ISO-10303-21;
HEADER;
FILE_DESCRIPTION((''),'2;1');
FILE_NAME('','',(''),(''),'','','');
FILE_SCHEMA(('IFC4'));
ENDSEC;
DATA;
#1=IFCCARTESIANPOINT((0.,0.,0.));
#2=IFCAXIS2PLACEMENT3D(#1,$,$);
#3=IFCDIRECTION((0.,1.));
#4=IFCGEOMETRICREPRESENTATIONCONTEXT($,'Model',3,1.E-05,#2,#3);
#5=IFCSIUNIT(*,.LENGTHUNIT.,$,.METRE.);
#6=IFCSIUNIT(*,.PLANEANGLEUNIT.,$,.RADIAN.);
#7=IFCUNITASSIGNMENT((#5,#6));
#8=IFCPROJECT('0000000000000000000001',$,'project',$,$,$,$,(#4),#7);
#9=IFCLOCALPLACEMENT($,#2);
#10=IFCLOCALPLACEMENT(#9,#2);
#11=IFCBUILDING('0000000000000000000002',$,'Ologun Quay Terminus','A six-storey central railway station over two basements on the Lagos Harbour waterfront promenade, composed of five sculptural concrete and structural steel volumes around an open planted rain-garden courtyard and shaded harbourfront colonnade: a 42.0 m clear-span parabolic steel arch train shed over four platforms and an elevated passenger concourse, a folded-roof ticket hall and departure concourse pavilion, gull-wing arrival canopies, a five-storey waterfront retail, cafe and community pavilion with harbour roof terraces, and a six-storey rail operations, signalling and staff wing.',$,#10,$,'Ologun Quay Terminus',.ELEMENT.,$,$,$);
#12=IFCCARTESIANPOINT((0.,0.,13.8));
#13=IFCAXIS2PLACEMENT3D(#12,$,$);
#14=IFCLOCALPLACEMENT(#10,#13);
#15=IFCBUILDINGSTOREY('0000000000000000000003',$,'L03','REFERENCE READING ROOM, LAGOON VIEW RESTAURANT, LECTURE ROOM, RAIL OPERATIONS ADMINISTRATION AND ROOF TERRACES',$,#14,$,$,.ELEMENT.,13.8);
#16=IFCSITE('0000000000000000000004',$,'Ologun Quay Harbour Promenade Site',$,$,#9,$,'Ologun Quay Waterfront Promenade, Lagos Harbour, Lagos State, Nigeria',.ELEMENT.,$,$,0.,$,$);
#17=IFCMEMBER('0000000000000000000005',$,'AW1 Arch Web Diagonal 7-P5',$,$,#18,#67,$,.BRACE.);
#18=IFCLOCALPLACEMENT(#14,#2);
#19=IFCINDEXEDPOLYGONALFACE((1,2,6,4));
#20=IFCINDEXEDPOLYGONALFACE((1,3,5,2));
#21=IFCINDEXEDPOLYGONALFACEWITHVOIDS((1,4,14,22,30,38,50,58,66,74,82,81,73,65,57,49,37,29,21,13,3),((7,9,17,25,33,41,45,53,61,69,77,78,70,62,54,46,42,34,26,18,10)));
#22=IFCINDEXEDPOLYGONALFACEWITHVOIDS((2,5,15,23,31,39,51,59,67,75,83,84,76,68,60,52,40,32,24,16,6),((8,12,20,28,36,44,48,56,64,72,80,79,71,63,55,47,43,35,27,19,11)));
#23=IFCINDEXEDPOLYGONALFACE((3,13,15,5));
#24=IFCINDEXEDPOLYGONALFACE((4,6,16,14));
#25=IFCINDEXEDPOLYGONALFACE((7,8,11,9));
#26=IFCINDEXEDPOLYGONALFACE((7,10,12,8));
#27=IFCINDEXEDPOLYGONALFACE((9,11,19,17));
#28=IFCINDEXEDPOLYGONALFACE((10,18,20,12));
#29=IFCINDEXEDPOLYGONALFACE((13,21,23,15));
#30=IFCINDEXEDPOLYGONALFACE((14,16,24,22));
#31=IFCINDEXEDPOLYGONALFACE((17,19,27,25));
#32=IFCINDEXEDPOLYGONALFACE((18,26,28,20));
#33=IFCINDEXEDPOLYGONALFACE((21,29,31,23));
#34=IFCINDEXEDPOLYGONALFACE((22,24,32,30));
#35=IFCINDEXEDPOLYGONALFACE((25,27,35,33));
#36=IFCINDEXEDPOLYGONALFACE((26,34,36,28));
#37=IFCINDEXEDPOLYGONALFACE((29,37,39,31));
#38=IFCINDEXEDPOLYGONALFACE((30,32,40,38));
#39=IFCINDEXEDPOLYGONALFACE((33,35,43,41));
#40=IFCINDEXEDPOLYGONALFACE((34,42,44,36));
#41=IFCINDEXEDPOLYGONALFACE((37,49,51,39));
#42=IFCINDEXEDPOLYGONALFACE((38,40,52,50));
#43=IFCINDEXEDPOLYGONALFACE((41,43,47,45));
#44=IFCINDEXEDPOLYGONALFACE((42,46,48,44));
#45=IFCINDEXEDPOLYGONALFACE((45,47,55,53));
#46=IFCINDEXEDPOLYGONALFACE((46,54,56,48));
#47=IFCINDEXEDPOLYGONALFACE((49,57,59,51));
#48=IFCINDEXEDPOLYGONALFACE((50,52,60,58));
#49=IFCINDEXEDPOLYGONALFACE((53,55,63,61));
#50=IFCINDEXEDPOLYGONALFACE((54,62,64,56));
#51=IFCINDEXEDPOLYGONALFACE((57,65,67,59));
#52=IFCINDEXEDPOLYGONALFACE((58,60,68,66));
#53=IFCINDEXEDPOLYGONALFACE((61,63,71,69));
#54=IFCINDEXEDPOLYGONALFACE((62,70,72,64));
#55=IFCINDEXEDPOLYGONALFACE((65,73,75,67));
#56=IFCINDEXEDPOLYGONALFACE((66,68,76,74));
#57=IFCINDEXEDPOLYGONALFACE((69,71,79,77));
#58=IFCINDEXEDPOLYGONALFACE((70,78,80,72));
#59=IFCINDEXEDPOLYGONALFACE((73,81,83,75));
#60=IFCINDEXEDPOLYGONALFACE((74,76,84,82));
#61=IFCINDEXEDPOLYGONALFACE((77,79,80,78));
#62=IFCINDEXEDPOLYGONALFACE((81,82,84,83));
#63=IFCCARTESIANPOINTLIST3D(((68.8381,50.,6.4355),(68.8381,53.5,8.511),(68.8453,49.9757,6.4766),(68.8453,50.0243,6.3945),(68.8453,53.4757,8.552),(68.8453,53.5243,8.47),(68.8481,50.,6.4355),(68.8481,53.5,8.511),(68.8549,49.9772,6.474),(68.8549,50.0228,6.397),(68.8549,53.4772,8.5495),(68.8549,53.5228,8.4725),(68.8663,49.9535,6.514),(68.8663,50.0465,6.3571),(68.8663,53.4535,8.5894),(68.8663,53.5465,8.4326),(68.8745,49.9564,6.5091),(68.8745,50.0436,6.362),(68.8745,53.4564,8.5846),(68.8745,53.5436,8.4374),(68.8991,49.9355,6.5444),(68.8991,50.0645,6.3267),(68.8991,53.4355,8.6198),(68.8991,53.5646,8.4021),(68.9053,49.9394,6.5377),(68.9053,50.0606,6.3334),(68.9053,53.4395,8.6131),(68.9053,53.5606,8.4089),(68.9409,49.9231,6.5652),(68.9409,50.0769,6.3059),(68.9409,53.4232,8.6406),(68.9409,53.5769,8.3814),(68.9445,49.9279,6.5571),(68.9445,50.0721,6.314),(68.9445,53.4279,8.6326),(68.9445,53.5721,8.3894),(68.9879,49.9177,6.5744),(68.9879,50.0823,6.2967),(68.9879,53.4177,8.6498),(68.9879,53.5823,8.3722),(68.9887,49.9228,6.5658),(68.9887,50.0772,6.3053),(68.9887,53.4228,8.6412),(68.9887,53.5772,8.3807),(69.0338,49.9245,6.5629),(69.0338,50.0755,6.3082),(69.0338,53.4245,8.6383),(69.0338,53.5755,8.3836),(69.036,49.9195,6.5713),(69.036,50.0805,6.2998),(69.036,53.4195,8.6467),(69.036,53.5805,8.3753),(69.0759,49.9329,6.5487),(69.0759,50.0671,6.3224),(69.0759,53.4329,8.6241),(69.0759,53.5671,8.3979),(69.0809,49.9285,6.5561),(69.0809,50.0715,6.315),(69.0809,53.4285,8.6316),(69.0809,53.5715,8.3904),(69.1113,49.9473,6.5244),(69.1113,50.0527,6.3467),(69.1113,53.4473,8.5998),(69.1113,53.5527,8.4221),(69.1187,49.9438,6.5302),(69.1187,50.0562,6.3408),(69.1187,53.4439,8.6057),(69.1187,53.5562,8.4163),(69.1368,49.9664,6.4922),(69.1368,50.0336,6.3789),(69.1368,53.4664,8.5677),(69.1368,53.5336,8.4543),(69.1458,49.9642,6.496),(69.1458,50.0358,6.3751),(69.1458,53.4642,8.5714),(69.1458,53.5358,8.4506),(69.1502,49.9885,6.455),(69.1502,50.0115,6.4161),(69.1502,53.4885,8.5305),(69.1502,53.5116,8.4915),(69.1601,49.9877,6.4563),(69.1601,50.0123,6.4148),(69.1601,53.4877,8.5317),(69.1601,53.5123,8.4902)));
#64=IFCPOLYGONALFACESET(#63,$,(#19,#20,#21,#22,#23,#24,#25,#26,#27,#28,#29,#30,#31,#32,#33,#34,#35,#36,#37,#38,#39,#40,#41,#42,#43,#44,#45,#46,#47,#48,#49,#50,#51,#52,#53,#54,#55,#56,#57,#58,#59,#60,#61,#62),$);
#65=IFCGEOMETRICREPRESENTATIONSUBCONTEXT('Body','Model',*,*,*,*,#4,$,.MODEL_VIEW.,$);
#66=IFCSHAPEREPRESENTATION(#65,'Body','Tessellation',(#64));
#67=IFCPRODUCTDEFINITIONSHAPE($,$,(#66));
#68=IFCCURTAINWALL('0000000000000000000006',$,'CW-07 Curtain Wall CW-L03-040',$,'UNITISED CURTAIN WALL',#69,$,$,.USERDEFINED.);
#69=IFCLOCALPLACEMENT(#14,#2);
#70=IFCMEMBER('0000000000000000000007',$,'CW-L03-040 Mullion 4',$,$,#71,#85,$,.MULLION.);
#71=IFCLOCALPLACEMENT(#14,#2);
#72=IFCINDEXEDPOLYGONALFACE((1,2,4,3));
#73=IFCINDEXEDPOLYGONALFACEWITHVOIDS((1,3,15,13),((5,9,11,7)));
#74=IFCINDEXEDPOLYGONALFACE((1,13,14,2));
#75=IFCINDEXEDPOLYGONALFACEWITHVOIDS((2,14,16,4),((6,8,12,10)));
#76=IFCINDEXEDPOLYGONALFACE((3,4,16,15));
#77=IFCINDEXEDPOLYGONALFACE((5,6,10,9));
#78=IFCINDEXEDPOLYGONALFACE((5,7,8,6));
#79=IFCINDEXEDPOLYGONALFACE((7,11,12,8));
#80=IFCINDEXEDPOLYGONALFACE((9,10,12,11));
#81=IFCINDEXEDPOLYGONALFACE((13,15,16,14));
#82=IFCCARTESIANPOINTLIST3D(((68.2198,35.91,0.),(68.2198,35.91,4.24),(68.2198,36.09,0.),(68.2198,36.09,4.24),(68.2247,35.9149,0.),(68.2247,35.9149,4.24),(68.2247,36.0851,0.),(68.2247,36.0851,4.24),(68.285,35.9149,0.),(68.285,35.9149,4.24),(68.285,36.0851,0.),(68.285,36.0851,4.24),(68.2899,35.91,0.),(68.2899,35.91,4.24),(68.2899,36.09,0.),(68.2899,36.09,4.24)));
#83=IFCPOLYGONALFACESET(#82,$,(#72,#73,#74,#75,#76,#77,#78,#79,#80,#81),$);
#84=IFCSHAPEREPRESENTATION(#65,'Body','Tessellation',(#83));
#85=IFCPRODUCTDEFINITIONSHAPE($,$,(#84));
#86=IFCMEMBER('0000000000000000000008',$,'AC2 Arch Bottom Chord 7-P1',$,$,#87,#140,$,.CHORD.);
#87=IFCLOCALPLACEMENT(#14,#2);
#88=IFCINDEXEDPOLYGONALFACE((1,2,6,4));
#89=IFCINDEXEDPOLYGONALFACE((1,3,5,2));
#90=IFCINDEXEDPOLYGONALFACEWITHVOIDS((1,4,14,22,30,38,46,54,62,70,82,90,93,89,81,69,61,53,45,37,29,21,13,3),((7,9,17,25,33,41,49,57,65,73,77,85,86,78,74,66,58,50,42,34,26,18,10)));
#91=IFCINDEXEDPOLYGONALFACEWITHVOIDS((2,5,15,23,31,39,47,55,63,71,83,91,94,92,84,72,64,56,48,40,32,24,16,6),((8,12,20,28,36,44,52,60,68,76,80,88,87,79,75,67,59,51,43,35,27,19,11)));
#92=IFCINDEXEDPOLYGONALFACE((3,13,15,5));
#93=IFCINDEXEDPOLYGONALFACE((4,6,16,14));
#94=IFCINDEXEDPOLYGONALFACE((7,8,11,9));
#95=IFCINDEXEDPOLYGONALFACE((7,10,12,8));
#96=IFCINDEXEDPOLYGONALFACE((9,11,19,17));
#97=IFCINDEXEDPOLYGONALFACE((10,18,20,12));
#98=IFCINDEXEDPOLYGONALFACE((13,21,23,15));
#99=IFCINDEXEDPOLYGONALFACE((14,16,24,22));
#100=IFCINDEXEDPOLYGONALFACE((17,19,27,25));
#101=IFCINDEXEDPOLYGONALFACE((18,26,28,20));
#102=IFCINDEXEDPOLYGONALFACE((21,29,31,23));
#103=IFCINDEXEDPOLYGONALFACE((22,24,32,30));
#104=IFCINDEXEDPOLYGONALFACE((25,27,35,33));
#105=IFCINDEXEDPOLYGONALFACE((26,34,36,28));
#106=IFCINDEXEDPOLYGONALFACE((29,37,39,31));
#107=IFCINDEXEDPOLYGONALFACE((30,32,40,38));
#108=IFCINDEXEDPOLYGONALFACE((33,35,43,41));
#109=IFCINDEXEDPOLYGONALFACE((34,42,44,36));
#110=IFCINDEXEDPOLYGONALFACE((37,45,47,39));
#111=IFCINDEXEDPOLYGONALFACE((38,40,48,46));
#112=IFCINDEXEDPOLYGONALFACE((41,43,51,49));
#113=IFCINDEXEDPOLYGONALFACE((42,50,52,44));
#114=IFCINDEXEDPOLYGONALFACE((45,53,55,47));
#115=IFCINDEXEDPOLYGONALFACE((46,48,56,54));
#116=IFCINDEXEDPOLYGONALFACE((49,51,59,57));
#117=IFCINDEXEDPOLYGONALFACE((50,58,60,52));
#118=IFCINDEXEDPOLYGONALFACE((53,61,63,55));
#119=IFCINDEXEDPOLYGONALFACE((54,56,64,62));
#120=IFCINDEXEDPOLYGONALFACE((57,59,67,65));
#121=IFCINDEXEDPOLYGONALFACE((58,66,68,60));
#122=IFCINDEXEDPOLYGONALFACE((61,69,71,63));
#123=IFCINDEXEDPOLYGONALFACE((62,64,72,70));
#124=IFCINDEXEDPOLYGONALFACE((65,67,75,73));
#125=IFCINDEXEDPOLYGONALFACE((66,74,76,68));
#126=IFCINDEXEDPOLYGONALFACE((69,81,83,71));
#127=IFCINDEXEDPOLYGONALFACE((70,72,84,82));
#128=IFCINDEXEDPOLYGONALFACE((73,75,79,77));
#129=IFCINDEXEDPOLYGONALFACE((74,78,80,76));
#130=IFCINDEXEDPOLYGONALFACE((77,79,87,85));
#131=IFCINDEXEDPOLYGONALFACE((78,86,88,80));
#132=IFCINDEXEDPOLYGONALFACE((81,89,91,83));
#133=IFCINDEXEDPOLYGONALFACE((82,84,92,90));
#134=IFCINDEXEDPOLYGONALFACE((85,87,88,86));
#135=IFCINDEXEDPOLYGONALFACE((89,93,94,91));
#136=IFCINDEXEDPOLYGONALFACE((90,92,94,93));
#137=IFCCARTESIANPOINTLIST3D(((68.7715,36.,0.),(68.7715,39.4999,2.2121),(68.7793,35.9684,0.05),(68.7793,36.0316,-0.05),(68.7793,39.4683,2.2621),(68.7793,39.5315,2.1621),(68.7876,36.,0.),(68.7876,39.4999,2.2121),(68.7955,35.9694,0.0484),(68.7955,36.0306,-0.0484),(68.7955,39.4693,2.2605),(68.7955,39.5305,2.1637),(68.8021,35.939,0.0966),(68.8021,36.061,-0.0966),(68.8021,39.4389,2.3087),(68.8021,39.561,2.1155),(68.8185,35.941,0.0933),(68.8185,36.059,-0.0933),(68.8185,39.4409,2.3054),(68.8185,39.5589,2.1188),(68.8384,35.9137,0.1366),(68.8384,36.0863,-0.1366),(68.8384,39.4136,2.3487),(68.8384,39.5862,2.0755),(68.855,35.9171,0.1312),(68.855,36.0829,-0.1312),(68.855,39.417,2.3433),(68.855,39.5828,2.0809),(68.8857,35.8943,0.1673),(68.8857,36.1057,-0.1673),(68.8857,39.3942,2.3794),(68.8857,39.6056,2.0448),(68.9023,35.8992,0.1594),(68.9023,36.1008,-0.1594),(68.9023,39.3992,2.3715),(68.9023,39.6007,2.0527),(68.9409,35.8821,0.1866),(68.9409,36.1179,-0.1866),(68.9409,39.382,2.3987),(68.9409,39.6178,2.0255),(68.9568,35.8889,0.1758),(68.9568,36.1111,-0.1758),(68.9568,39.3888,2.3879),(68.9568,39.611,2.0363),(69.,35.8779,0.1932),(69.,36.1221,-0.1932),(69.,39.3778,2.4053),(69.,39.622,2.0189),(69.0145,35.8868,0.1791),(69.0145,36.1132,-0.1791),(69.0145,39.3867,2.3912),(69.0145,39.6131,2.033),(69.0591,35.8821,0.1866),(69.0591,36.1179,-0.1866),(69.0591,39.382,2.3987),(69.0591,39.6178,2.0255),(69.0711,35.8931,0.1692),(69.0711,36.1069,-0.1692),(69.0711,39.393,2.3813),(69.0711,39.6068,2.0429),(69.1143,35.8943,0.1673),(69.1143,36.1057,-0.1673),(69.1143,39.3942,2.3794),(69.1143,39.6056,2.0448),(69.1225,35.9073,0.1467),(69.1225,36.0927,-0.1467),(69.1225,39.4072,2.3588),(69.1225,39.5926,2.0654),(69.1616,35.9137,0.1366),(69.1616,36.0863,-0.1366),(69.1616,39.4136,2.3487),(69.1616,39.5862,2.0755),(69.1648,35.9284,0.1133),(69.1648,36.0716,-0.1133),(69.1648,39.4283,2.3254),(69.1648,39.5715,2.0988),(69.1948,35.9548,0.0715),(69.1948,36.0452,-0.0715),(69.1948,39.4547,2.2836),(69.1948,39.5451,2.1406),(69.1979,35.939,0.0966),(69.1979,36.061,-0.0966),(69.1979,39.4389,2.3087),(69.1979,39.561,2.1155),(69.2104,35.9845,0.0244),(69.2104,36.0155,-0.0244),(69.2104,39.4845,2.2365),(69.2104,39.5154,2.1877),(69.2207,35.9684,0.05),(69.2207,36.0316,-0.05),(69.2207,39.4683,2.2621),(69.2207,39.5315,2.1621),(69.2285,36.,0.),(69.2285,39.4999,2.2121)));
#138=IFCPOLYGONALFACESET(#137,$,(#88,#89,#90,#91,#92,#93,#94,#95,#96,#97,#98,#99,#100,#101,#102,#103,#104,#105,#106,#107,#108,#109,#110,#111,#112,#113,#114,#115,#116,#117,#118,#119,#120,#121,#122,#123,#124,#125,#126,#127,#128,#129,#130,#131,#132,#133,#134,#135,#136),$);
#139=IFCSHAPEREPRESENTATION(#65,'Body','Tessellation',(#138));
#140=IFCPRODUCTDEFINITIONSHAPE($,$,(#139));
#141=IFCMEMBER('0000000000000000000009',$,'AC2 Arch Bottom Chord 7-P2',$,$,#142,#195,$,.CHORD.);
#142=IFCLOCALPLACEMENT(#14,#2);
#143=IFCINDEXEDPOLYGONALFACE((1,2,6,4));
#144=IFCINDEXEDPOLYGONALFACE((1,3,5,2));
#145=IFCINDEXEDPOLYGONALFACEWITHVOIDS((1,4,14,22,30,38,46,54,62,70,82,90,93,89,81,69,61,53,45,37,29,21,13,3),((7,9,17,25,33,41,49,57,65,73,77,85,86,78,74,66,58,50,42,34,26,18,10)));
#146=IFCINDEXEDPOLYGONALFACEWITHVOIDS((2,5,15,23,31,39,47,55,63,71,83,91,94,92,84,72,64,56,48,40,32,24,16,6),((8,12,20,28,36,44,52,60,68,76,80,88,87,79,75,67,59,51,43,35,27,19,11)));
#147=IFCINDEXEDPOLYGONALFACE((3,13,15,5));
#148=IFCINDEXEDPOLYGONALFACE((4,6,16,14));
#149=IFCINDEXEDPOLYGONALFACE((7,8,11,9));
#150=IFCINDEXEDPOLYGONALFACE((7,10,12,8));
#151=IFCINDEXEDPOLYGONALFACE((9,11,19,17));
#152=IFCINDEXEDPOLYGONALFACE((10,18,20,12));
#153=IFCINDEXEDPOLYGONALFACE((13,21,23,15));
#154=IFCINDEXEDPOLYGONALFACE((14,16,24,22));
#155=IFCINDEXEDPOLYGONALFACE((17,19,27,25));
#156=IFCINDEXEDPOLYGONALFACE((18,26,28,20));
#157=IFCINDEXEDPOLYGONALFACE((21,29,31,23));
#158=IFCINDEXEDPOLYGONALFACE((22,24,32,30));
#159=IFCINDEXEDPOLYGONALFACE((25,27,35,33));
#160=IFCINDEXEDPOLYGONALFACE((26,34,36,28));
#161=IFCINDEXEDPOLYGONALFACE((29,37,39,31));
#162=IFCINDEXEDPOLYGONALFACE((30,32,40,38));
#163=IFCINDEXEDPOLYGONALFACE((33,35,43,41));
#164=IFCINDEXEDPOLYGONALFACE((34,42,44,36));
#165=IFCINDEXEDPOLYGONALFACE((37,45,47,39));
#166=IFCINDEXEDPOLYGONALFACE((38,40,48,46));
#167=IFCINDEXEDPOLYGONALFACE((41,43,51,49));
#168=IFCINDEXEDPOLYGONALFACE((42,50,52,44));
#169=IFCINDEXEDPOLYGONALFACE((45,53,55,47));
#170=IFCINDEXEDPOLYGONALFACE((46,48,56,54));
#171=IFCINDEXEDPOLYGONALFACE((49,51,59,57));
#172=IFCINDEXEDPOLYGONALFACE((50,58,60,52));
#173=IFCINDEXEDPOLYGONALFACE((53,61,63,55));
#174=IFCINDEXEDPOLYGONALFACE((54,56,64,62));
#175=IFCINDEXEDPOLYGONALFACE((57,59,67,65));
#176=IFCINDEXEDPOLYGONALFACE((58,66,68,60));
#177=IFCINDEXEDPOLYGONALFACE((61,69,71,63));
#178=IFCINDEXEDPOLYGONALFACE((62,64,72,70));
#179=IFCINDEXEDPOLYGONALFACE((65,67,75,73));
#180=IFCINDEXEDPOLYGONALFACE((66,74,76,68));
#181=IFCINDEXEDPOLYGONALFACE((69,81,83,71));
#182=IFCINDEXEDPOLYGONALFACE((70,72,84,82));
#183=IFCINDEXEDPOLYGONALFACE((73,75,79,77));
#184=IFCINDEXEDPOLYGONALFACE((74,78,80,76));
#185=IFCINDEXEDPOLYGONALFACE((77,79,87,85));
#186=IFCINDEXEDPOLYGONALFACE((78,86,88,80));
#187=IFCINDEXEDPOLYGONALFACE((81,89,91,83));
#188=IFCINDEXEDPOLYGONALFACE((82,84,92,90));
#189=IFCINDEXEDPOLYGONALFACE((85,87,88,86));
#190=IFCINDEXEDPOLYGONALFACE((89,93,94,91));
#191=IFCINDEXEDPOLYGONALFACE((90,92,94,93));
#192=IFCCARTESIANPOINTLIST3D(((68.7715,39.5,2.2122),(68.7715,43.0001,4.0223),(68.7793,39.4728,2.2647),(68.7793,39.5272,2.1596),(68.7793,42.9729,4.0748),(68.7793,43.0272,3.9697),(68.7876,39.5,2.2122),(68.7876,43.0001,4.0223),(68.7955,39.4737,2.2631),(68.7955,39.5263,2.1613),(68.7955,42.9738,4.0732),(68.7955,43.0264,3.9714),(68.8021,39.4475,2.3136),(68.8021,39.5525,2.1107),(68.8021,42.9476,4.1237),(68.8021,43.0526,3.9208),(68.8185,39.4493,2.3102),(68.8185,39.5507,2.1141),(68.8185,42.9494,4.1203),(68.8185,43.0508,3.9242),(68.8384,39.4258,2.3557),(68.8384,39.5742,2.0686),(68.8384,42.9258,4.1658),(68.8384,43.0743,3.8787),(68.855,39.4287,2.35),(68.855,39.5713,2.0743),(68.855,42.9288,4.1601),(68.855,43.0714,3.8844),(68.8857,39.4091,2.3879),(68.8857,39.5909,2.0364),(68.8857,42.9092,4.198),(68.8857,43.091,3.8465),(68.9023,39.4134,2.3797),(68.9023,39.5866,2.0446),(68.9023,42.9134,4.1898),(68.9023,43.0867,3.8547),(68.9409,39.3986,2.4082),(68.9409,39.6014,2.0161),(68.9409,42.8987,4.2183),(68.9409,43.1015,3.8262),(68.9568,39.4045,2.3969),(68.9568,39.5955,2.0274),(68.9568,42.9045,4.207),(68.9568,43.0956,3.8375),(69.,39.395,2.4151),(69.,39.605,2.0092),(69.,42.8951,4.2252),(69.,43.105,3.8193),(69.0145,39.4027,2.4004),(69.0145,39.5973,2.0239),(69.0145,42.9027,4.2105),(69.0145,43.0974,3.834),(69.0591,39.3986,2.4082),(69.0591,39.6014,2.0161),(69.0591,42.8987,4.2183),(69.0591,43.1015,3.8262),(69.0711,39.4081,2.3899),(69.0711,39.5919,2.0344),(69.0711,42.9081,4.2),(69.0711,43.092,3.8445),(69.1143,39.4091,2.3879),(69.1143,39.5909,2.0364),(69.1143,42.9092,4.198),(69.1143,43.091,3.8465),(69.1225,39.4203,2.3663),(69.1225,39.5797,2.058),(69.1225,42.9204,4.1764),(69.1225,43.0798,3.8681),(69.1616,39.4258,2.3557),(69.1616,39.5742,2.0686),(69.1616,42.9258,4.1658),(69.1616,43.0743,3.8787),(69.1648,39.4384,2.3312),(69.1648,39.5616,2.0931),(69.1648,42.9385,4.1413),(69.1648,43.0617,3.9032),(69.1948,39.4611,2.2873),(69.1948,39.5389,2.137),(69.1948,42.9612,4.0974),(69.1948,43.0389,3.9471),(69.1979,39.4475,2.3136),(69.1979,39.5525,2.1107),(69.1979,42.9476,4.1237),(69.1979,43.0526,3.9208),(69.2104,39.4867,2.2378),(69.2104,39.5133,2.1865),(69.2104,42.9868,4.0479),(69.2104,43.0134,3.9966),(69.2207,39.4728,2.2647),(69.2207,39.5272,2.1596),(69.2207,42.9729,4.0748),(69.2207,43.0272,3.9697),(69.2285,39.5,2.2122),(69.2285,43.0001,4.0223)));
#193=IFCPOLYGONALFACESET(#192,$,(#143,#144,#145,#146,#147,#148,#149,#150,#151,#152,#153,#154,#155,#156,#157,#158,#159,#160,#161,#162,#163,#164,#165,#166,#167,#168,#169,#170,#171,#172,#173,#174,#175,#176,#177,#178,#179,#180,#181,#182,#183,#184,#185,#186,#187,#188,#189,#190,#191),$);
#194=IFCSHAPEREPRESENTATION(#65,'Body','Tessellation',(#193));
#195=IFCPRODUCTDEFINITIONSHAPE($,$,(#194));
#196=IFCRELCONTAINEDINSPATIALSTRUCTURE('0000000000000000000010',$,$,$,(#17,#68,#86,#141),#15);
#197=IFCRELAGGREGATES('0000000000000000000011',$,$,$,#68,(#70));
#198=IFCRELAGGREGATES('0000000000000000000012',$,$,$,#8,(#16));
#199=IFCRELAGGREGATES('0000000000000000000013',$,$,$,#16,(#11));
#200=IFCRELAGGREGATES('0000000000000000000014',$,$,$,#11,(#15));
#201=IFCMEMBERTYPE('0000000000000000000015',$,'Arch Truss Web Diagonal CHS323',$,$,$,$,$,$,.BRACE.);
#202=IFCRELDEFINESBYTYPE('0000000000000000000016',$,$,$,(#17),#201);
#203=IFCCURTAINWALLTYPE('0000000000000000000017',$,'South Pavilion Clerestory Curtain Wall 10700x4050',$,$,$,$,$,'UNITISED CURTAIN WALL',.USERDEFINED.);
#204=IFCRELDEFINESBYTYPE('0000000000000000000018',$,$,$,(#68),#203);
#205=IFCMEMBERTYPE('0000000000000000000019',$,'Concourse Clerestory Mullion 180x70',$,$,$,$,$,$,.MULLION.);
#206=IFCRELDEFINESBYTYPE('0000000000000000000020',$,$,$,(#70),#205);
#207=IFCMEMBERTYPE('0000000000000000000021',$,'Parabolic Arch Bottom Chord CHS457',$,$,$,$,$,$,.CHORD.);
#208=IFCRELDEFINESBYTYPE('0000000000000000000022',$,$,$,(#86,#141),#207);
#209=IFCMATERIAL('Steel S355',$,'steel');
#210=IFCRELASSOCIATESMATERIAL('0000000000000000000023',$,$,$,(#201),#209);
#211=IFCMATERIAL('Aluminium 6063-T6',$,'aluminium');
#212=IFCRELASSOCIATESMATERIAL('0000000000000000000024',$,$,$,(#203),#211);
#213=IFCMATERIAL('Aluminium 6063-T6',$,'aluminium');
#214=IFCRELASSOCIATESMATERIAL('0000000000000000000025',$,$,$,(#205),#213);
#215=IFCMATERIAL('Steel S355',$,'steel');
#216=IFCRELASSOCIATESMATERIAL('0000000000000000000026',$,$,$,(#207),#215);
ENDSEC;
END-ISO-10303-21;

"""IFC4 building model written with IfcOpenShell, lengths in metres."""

from ifc_helpers import new_model, si_unit, direction, frame, origin, origin_2d, place, context, subcontext, project, spatial, hollow_rectangle, hollow_circle, extrude, material, material_profile, profile_set, type_object, element, aggregate, save


model = new_model("IFC4")

# Units and contexts
model_context = context("Model", 3, precision=1e-05, world=origin(), true_north=direction((0.0, 1.0)))
body_context = subcontext(model_context, "Body", "Model", "MODEL_VIEW")
ifc_project = project(units=[si_unit("LENGTHUNIT", "METRE"), si_unit("PLANEANGLEUNIT", "RADIAN")], contexts=[model_context])

# Site, building, storey
site_placement = place(None, origin())
site = spatial("IfcSite", under=ifc_project, at=site_placement, Name="Ologun Quay Harbour Promenade Site", LongName="Ologun Quay Waterfront Promenade, Lagos Harbour, Lagos State, Nigeria", CompositionType="ELEMENT", RefElevation=0.0)
building_placement = place(site_placement, origin())
building = spatial("IfcBuilding", under=site, at=building_placement, Name="Ologun Quay Terminus", Description="A six-storey central railway station over two basements on the Lagos Harbour waterfront promenade, composed of five sculptural concrete and structural steel volumes around an open planted rain-garden courtyard and shaded harbourfront colonnade: a 42.0 m clear-span parabolic steel arch train shed over four platforms and an elevated passenger concourse, a folded-roof ticket hall and departure concourse pavilion, gull-wing arrival canopies, a five-storey waterfront retail, cafe and community pavilion with harbour roof terraces, and a six-storey rail operations, signalling and staff wing.", LongName="Ologun Quay Terminus", CompositionType="ELEMENT")
storey_placement = place(building_placement, frame((0.0, 0.0, 13.8)))
storey = spatial("IfcBuildingStorey", under=building, at=storey_placement, Name="L03", Description="REFERENCE READING ROOM, LAGOON VIEW RESTAURANT, LECTURE ROOM, RAIL OPERATIONS ADMINISTRATION AND ROOF TERRACES", CompositionType="ELEMENT", Elevation=13.8)

# Member
ifc_material_1 = material(Name="Steel S355", Category="steel")
ifc_material_profile_1 = material_profile(ifc_material_1, hollow_circle(Radius=0.1619, WallThickness=0.01, at=origin_2d()), Name="CHS 323.9x10")
ifc_profile_set_1 = profile_set([ifc_material_profile_1], Name="Steel S355")
member_type_1 = type_object("IfcMemberType", Name="Arch Truss Web Diagonal CHS323", PredefinedType="BRACE", material=ifc_profile_set_1)
member_1_placement = place(storey_placement, frame((69.0, 50.0, 6.4355), z_axis=(0.0, 0.860144, 0.510051), x_axis=(-1.0, 0.0, 0.0)))
element("IfcMember", 1, at=member_1_placement, inside=storey, type_object=member_type_1, Name="AW1 Arch Web Diagonal 7-P5", PredefinedType="BRACE", context=body_context, shape_type="SweptSolid", body=[
    extrude(hollow_circle(Radius=0.1619, WallThickness=0.01, at=origin_2d()), origin(), (0.0, 0.0, 1.0), 4.0691),
])

# Curtain wall, member
ifc_material_2 = material(Name="Aluminium 6063-T6", Category="aluminium")
curtain_wall_type = type_object("IfcCurtainWallType", Name="South Pavilion Clerestory Curtain Wall 10700x4050", ElementType="UNITISED CURTAIN WALL", PredefinedType="USERDEFINED", material=ifc_material_2)
curtain_wall_placement = place(storey_placement, origin())
curtain_wall = element("IfcCurtainWall", 2, at=curtain_wall_placement, inside=storey, type_object=curtain_wall_type, Name="CW-07 Curtain Wall CW-L03-040", ObjectType="UNITISED CURTAIN WALL", PredefinedType="USERDEFINED")
ifc_material_3 = material(Name="Aluminium 6063-T6", Category="aluminium")
ifc_material_profile_2 = material_profile(ifc_material_3, hollow_rectangle(XDim=0.0701, YDim=0.1799, WallThickness=0.0049, at=origin_2d()), Name="ALU 180x70x5")
ifc_profile_set_2 = profile_set([ifc_material_profile_2], Name="Aluminium 6063-T6")
member_type_2 = type_object("IfcMemberType", Name="Concourse Clerestory Mullion 180x70", PredefinedType="MULLION", material=ifc_profile_set_2)
member_2_placement = place(storey_placement, frame((68.2549, 36.0, 0.0), z_axis=(0.0, 0.0, 1.0), x_axis=(1.0, 0.0, 0.0)))
member_2 = element("IfcMember", 3, at=member_2_placement, type_object=member_type_2, Name="CW-L03-040 Mullion 4", PredefinedType="MULLION", context=body_context, shape_type="SweptSolid", body=[
    extrude(hollow_rectangle(XDim=0.0701, YDim=0.1799, WallThickness=0.0049, at=origin_2d()), origin(), (0.0, 0.0, 1.0), 4.24),
])
aggregate(curtain_wall, [member_2])

# Members
ifc_material_4 = material(Name="Steel S355", Category="steel")
ifc_material_profile_3 = material_profile(ifc_material_4, hollow_circle(Radius=0.2285, WallThickness=0.0161, at=origin_2d()), Name="CHS 457x16")
ifc_profile_set_3 = profile_set([ifc_material_profile_3], Name="Steel S355")
member_type_3 = type_object("IfcMemberType", Name="Parabolic Arch Bottom Chord CHS457", PredefinedType="CHORD", material=ifc_profile_set_3)
member_3_placement = place(storey_placement, frame((69.0, 36.0, 0.0), z_axis=(0.0, 0.845311, 0.534275), x_axis=(-1.0, 0.0, 0.0)))
element("IfcMember", 4, at=member_3_placement, inside=storey, type_object=member_type_3, Name="AC2 Arch Bottom Chord 7-P1", PredefinedType="CHORD", context=body_context, shape_type="SweptSolid", body=[
    extrude(hollow_circle(Radius=0.2285, WallThickness=0.0161, at=origin_2d()), origin(), (0.0, 0.0, 1.0), 4.1404),
])
member_4_placement = place(storey_placement, frame((69.0, 39.5, 2.2122), z_axis=(0.0, 0.888247, 0.459366), x_axis=(-1.0, 0.0, 0.0)))
element("IfcMember", 5, at=member_4_placement, inside=storey, type_object=member_type_3, Name="AC2 Arch Bottom Chord 7-P2", PredefinedType="CHORD", context=body_context, shape_type="SweptSolid", body=[
    extrude(hollow_circle(Radius=0.2285, WallThickness=0.0161, at=origin_2d()), origin(), (0.0, 0.0, 1.0), 3.9404),
])

save(model, "model.ifc")
